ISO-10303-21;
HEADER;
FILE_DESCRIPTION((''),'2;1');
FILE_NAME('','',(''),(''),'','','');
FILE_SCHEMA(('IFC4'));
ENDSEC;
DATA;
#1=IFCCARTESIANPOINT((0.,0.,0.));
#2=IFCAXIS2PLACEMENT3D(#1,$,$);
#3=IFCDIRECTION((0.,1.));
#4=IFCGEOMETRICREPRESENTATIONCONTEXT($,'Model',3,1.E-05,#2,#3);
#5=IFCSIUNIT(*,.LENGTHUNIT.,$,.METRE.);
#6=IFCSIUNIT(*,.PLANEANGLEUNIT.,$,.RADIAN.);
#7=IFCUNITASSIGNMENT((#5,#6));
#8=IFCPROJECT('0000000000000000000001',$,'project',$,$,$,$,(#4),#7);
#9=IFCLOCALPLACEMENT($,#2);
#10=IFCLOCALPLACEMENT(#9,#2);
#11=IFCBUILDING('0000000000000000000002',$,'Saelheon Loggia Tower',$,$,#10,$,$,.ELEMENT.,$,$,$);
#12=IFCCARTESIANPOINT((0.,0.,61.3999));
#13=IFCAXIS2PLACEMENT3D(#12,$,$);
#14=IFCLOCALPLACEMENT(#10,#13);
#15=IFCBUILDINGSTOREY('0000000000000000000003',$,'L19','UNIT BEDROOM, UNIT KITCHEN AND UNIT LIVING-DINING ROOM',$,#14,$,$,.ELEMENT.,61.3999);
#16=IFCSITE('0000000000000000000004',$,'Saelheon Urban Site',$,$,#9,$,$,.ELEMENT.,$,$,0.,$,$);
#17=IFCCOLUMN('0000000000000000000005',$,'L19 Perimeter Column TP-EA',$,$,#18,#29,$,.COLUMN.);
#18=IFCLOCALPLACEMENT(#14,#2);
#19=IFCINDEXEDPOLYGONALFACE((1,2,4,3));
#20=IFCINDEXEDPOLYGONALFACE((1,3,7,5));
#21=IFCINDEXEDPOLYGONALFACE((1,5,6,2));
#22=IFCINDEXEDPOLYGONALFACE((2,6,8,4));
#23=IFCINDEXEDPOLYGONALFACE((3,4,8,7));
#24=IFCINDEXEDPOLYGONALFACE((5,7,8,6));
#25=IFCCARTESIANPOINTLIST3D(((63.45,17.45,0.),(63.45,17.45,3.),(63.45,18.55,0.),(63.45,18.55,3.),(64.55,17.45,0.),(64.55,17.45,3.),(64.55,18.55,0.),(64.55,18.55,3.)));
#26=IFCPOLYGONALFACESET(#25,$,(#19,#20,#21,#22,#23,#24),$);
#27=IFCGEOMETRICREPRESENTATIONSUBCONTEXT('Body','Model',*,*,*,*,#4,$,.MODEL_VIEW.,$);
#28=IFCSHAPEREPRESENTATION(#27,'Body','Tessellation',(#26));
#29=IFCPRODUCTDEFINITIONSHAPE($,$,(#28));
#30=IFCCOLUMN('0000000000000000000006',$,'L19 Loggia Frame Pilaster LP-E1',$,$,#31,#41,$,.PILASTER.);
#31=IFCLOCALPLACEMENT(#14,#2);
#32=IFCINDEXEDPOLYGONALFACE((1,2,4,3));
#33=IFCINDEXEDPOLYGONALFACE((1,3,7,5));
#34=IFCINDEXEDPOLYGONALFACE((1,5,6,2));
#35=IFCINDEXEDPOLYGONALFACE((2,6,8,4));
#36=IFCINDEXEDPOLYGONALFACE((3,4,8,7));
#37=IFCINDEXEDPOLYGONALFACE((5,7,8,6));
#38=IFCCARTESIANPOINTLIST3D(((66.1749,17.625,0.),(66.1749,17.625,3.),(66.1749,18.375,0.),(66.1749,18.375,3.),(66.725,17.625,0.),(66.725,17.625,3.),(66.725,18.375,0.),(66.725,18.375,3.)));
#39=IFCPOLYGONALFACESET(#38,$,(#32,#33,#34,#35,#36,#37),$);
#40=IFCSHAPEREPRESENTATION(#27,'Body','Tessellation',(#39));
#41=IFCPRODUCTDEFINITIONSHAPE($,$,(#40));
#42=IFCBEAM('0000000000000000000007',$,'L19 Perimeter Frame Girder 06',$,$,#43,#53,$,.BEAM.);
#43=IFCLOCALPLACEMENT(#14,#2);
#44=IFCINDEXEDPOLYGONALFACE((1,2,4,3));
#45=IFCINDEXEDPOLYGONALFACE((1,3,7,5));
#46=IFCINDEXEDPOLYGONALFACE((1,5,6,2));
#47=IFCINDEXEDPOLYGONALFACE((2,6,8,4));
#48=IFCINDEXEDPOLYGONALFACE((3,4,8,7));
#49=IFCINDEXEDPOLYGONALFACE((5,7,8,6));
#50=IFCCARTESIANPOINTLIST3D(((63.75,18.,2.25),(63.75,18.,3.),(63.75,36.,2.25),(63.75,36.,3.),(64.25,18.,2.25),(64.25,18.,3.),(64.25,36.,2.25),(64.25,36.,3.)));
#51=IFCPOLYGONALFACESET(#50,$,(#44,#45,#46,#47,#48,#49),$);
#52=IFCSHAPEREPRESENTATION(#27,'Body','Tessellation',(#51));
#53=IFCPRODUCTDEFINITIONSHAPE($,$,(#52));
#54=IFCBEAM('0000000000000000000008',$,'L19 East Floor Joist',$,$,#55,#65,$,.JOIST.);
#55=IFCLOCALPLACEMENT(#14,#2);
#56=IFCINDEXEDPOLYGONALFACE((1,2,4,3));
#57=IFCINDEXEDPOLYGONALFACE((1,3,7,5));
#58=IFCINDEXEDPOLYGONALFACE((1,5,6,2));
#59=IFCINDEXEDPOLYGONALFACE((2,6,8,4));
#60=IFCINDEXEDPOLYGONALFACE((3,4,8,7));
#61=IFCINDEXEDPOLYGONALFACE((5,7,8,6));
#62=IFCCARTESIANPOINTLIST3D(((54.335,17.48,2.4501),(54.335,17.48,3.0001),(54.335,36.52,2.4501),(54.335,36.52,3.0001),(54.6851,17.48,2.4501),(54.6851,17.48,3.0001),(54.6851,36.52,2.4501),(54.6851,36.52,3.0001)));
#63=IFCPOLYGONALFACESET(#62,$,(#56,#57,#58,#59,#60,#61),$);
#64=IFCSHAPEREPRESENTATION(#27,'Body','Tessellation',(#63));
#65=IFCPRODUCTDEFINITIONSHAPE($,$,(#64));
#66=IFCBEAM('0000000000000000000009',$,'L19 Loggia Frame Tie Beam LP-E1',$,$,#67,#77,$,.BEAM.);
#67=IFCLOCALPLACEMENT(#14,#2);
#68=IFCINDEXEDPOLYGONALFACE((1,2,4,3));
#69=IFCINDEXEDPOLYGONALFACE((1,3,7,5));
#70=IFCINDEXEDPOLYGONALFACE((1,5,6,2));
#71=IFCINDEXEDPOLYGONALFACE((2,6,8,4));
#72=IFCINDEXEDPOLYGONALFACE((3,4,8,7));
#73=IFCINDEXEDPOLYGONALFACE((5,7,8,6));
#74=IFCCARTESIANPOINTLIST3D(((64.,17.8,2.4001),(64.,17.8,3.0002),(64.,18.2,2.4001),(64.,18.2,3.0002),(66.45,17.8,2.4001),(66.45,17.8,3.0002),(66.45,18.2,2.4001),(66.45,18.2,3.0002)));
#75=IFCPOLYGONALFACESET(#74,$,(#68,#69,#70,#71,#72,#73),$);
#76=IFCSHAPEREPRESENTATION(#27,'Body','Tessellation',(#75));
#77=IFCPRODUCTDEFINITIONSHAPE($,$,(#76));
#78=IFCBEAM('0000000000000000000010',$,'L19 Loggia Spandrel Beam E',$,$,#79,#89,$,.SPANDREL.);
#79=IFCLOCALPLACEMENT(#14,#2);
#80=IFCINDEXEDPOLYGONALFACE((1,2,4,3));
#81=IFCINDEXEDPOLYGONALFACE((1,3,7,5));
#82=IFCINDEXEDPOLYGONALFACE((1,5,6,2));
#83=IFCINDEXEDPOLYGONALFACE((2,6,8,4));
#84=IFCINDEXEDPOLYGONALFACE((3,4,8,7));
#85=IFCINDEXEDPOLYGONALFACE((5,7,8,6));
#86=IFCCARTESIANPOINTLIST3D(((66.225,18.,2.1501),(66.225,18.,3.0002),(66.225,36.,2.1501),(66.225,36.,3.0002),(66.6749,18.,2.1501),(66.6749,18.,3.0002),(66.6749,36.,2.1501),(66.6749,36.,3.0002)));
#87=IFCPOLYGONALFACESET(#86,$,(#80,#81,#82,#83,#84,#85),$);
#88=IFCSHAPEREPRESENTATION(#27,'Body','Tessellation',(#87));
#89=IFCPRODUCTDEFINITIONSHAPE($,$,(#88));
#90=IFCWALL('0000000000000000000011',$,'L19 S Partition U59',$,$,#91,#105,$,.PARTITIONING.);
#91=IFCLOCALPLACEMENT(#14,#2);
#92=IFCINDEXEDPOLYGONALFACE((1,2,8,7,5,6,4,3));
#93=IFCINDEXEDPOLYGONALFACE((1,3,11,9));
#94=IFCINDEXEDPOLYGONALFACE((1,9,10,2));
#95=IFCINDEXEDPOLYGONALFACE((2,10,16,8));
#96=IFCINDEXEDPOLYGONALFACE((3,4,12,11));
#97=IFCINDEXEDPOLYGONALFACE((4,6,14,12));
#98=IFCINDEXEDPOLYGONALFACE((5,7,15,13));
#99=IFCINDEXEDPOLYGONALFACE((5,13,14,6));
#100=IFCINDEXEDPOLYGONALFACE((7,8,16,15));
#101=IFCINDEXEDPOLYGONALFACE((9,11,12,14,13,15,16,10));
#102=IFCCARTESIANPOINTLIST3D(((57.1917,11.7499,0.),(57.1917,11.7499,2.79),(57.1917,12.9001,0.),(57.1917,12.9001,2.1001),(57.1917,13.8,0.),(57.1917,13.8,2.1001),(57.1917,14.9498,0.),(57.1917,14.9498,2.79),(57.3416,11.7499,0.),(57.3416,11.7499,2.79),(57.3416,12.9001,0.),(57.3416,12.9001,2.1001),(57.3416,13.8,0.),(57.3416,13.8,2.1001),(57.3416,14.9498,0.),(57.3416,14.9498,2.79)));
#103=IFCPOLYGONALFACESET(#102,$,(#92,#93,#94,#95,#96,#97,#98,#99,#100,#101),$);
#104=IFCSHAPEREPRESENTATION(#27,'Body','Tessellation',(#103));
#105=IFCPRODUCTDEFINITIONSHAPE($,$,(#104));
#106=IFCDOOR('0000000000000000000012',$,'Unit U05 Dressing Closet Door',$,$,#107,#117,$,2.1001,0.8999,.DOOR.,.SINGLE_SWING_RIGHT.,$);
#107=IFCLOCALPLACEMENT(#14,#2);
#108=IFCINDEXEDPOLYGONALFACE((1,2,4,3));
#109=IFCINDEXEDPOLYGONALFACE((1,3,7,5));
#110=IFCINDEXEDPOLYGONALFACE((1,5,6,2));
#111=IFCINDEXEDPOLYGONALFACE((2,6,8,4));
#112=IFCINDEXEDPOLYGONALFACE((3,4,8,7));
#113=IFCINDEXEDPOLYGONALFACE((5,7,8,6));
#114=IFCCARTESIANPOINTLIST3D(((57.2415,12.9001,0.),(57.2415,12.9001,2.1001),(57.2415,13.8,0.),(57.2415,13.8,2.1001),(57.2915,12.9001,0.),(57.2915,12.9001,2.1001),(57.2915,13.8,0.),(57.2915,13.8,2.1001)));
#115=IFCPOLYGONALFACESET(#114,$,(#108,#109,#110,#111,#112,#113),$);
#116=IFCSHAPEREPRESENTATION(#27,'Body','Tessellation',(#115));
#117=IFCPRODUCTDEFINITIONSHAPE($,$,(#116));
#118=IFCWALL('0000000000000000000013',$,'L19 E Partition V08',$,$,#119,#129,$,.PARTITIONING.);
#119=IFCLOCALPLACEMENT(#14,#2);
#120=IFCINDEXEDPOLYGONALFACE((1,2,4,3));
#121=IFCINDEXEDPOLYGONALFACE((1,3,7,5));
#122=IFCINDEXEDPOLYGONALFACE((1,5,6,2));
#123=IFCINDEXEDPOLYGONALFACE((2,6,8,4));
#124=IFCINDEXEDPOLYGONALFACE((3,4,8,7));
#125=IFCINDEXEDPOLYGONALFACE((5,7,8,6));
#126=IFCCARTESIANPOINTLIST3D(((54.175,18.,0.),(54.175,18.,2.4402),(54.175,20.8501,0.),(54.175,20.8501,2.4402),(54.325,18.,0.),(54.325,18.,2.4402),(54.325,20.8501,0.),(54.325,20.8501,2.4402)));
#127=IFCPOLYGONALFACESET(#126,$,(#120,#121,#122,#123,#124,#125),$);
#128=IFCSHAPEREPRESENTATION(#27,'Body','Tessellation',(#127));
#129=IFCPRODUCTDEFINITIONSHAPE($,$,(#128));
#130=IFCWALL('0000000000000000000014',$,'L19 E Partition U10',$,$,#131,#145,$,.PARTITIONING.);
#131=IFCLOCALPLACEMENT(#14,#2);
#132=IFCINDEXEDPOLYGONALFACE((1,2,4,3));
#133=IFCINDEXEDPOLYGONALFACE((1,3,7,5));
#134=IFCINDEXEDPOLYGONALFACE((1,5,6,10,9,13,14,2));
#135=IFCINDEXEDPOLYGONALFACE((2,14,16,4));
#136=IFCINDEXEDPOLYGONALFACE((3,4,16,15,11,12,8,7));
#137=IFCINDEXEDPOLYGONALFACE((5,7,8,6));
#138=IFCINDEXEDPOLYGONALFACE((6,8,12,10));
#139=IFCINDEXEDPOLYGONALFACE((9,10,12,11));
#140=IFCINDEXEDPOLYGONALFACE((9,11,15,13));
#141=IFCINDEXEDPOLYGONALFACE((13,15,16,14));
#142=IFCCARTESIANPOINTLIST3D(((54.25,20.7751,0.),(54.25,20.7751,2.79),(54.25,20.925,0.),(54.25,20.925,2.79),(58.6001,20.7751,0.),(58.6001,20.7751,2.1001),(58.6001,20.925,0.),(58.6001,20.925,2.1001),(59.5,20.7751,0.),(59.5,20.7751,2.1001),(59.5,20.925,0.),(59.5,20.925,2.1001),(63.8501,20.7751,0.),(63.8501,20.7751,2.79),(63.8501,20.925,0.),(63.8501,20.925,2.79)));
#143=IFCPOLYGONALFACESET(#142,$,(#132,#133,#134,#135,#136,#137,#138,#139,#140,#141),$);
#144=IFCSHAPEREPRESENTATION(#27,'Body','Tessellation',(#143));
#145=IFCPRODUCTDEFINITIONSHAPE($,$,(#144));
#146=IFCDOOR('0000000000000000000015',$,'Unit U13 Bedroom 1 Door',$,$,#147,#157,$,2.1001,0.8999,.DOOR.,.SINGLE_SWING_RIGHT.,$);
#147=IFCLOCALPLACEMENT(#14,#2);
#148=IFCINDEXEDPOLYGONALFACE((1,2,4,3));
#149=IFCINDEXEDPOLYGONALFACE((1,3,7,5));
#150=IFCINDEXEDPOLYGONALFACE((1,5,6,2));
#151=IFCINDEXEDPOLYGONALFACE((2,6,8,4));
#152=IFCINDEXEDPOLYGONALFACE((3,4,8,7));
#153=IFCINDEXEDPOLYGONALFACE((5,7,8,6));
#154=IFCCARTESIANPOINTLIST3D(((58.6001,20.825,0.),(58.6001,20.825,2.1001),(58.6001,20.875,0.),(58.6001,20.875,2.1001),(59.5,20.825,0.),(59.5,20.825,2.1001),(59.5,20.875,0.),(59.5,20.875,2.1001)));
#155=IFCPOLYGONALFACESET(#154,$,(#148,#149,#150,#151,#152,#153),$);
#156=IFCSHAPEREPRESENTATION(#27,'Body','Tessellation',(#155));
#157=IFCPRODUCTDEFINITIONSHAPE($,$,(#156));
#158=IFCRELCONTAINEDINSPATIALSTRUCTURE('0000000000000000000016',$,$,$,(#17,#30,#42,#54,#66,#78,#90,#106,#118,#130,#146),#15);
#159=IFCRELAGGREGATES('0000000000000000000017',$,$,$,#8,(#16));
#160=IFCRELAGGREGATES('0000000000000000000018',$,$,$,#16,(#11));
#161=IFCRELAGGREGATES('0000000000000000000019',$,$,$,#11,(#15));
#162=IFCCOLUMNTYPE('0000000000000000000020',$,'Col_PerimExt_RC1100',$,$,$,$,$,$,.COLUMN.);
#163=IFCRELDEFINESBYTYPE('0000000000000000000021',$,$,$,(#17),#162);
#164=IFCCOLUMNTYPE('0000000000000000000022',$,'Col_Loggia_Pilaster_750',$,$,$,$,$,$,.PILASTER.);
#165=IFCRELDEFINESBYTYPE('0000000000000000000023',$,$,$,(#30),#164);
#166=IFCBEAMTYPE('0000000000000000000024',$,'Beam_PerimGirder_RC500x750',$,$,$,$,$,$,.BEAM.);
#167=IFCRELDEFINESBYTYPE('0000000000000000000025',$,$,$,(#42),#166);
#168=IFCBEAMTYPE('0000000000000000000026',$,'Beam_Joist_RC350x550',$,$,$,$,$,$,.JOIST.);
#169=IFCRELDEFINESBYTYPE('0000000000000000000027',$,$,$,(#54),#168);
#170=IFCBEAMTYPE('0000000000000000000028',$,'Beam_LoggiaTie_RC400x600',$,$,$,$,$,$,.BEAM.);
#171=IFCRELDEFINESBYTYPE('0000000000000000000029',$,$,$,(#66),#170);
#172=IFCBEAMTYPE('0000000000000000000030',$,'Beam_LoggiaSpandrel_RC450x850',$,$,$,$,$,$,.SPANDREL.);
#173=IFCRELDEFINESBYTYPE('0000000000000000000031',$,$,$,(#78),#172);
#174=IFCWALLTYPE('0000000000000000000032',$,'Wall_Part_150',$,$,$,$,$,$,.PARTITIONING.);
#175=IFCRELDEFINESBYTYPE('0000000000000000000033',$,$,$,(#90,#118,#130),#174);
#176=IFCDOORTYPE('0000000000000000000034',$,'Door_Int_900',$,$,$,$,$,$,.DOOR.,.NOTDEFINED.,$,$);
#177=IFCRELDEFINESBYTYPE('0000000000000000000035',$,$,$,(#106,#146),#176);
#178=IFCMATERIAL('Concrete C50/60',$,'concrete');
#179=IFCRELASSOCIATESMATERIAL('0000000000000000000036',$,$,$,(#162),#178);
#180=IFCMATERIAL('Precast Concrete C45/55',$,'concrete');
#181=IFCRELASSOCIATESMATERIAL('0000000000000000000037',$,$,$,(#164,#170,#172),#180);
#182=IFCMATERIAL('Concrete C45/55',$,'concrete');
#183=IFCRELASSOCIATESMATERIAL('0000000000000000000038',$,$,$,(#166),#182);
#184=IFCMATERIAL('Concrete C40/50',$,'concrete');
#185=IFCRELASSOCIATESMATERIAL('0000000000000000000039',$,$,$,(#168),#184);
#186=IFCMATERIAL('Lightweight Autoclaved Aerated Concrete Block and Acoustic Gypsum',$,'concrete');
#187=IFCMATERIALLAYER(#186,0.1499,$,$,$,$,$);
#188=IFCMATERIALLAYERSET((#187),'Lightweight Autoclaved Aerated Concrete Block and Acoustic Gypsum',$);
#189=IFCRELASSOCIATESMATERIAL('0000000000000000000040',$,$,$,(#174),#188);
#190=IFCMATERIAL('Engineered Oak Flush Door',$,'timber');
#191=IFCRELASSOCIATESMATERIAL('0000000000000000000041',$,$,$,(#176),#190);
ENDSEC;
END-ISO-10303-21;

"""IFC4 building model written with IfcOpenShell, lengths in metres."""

from ifc_helpers import new_model, si_unit, direction, frame, frame_2d, origin, origin_2d, place, context, subcontext, project, spatial, rectangle, extrude, source, transform, mapped, material, layer, layer_set, material_profile, profile_set, type_object, element, fill, save


model = new_model("IFC4")

# Units and contexts
model_context = context("Model", 3, precision=1e-05, world=origin(), true_north=direction((0.0, 1.0)))
body_context = subcontext(model_context, "Body", "Model", "MODEL_VIEW")
ifc_project = project(units=[si_unit("LENGTHUNIT", "METRE"), si_unit("PLANEANGLEUNIT", "RADIAN")], contexts=[model_context])

# Site, building, storey
site_placement = place(None, origin())
site = spatial("IfcSite", under=ifc_project, at=site_placement, Name="Saelheon Urban Site", CompositionType="ELEMENT", RefElevation=0.0)
building_placement = place(site_placement, origin())
building = spatial("IfcBuilding", under=site, at=building_placement, Name="Saelheon Loggia Tower", CompositionType="ELEMENT")
storey_placement = place(building_placement, frame((0.0, 0.0, 61.3999)))
storey = spatial("IfcBuildingStorey", under=building, at=storey_placement, Name="L19", Description="UNIT BEDROOM, UNIT KITCHEN AND UNIT LIVING-DINING ROOM", CompositionType="ELEMENT", Elevation=61.3999)

# Columns
ifc_material_1 = material(Name="Concrete C50/60", Category="concrete")
ifc_material_profile_1 = material_profile(ifc_material_1, rectangle(XDim=1.1001, YDim=1.1001, at=origin_2d()), Name="RC-1100x1100")
ifc_profile_set_1 = profile_set([ifc_material_profile_1], Name="Concrete C50/60")
column_type_1 = type_object("IfcColumnType", Name="Col_PerimExt_RC1100", PredefinedType="COLUMN", material=ifc_profile_set_1)
shared_shape_1 = source(origin(), body_context, "Body", "SweptSolid", [
    extrude(rectangle(XDim=1.1001, YDim=1.1001, at=origin_2d()), origin(), (0.0, 0.0, 1.0), 3.0),
])
column_1_placement = place(storey_placement, frame((64.0, 18.0, 0.0), z_axis=(0.0, 0.0, 1.0), x_axis=(1.0, 0.0, 0.0)))
element("IfcColumn", 1, at=column_1_placement, inside=storey, type_object=column_type_1, Name="L19 Perimeter Column TP-EA", PredefinedType="COLUMN", context=body_context, shape_type="MappedRepresentation", body=[
    mapped(shared_shape_1, transform((0.0, 0.0, 0.0), scale=1.0)),
])
ifc_material_2 = material(Name="Precast Concrete C45/55", Category="concrete")
ifc_material_profile_2 = material_profile(ifc_material_2, rectangle(XDim=0.55, YDim=0.75, at=origin_2d()), Name="RC-550x750")
ifc_profile_set_2 = profile_set([ifc_material_profile_2], Name="Precast Concrete C45/55")
column_type_2 = type_object("IfcColumnType", Name="Col_Loggia_Pilaster_750", PredefinedType="PILASTER", material=ifc_profile_set_2)
shared_shape_2 = source(origin(), body_context, "Body", "SweptSolid", [
    extrude(rectangle(XDim=0.55, YDim=0.75, at=origin_2d()), origin(), (0.0, 0.0, 1.0), 3.0),
])
column_2_placement = place(storey_placement, frame((66.45, 18.0, 0.0), z_axis=(0.0, 0.0, 1.0), x_axis=(1.0, 0.0, 0.0)))
element("IfcColumn", 2, at=column_2_placement, inside=storey, type_object=column_type_2, Name="L19 Loggia Frame Pilaster LP-E1", PredefinedType="PILASTER", context=body_context, shape_type="MappedRepresentation", body=[
    mapped(shared_shape_2, transform((0.0, 0.0, 0.0), scale=1.0)),
])

# Beams
ifc_material_3 = material(Name="Concrete C45/55", Category="concrete")
ifc_material_profile_3 = material_profile(ifc_material_3, rectangle(XDim=0.5, YDim=0.75, at=origin_2d()), Name="RC-500x750")
ifc_profile_set_3 = profile_set([ifc_material_profile_3], Name="Concrete C45/55")
beam_type_1 = type_object("IfcBeamType", Name="Beam_PerimGirder_RC500x750", PredefinedType="BEAM", material=ifc_profile_set_3)
shared_shape_3 = source(origin(), body_context, "Body", "SweptSolid", [
    extrude(rectangle(XDim=0.5, YDim=0.75, at=origin_2d()), origin(), (0.0, 0.0, 1.0), 18.0),
])
beam_1_placement = place(storey_placement, frame((64.0, 18.0, 2.625), z_axis=(0.0, 1.0, 0.0), x_axis=(-1.0, 0.0, 0.0)))
element("IfcBeam", 3, at=beam_1_placement, inside=storey, type_object=beam_type_1, Name="L19 Perimeter Frame Girder 06", PredefinedType="BEAM", context=body_context, shape_type="MappedRepresentation", body=[
    mapped(shared_shape_3, transform((0.0, 0.0, 0.0), scale=1.0)),
])
ifc_material_4 = material(Name="Concrete C40/50", Category="concrete")
ifc_material_profile_4 = material_profile(ifc_material_4, rectangle(XDim=0.3501, YDim=0.55, at=origin_2d()), Name="RC-350x550")
ifc_profile_set_4 = profile_set([ifc_material_profile_4], Name="Concrete C40/50")
beam_type_2 = type_object("IfcBeamType", Name="Beam_Joist_RC350x550", PredefinedType="JOIST", material=ifc_profile_set_4)
shared_shape_4 = source(origin(), body_context, "Body", "SweptSolid", [
    extrude(rectangle(XDim=0.3501, YDim=0.55, at=origin_2d()), origin(), (0.0, 0.0, 1.0), 19.04),
])
beam_2_placement = place(storey_placement, frame((54.51, 17.48, 2.7251), z_axis=(0.0, 1.0, 0.0), x_axis=(-1.0, 0.0, 0.0)))
element("IfcBeam", 4, at=beam_2_placement, inside=storey, type_object=beam_type_2, Name="L19 East Floor Joist", PredefinedType="JOIST", context=body_context, shape_type="MappedRepresentation", body=[
    mapped(shared_shape_4, transform((0.0, 0.0, 0.0), scale=1.0)),
])
ifc_material_profile_5 = material_profile(ifc_material_2, rectangle(XDim=0.3999, YDim=0.6001, at=origin_2d()), Name="RC-400x600")
ifc_profile_set_5 = profile_set([ifc_material_profile_5], Name="Precast Concrete C45/55")
beam_type_3 = type_object("IfcBeamType", Name="Beam_LoggiaTie_RC400x600", PredefinedType="BEAM", material=ifc_profile_set_5)
shared_shape_5 = source(origin(), body_context, "Body", "SweptSolid", [
    extrude(rectangle(XDim=0.3999, YDim=0.6001, at=origin_2d()), origin(), (0.0, 0.0, 1.0), 2.45),
])
beam_3_placement = place(storey_placement, frame((64.0, 18.0, 2.7002), z_axis=(1.0, 0.0, 0.0), x_axis=(0.0, 1.0, 0.0)))
element("IfcBeam", 5, at=beam_3_placement, inside=storey, type_object=beam_type_3, Name="L19 Loggia Frame Tie Beam LP-E1", PredefinedType="BEAM", context=body_context, shape_type="MappedRepresentation", body=[
    mapped(shared_shape_5, transform((0.0, 0.0, 0.0), scale=1.0)),
])
ifc_material_profile_6 = material_profile(ifc_material_2, rectangle(XDim=0.45, YDim=0.8501, at=origin_2d()), Name="RC-450x850")
ifc_profile_set_6 = profile_set([ifc_material_profile_6], Name="Precast Concrete C45/55")
beam_type_4 = type_object("IfcBeamType", Name="Beam_LoggiaSpandrel_RC450x850", PredefinedType="SPANDREL", material=ifc_profile_set_6)
shared_shape_6 = source(origin(), body_context, "Body", "SweptSolid", [
    extrude(rectangle(XDim=0.45, YDim=0.8501, at=origin_2d()), origin(), (0.0, 0.0, 1.0), 18.0),
])
beam_4_placement = place(storey_placement, frame((66.45, 18.0, 2.5752), z_axis=(0.0, 1.0, 0.0), x_axis=(-1.0, 0.0, 0.0)))
element("IfcBeam", 6, at=beam_4_placement, inside=storey, type_object=beam_type_4, Name="L19 Loggia Spandrel Beam E", PredefinedType="SPANDREL", context=body_context, shape_type="MappedRepresentation", body=[
    mapped(shared_shape_6, transform((0.0, 0.0, 0.0), scale=1.0)),
])

# Wall, opening, door
ifc_material_5 = material(Name="Lightweight Autoclaved Aerated Concrete Block and Acoustic Gypsum", Category="concrete")
ifc_layer_1 = layer(ifc_material_5, 0.1499)
ifc_layer_set_1 = layer_set([ifc_layer_1], Name="Lightweight Autoclaved Aerated Concrete Block and Acoustic Gypsum")
wall_type_1 = type_object("IfcWallType", Name="Wall_Part_150", PredefinedType="PARTITIONING", material=ifc_layer_set_1)
wall_1_placement = place(storey_placement, frame((57.2666, 14.95, 0.0), z_axis=(0.0, 0.0, 1.0), x_axis=(0.0, -1.0, 0.0)))
wall_1 = element("IfcWall", 7, at=wall_1_placement, inside=storey, type_object=wall_type_1, Name="L19 S Partition U59", PredefinedType="PARTITIONING", context=body_context, shape_type="SweptSolid", body=[
    extrude(rectangle(XDim=3.2, YDim=0.1499, at=frame_2d((1.6001, 0.0))), origin(), (0.0, 0.0, 1.0), 2.79),
])
opening_1_placement = place(wall_1_placement, frame((1.1499, 0.0, 0.0)))
opening_1 = element("IfcOpeningElement", 8, at=opening_1_placement, cuts=wall_1, PredefinedType="OPENING", context=body_context, shape_type="SweptSolid", body=[
    extrude(rectangle(XDim=0.8999, YDim=2.1001, at=frame_2d((0.45, 1.05))), frame((0.0, 0.0869, 0.0), z_axis=(0.0, -1.0, 0.0), x_axis=(1.0, 0.0, 0.0)), (0.0, 0.0, 1.0), 0.1738),
])
ifc_material_6 = material(Name="Engineered Oak Flush Door", Category="timber")
door_type_1 = type_object("IfcDoorType", Name="Door_Int_900", OperationType="NOTDEFINED", PredefinedType="DOOR", material=ifc_material_6)
shared_shape_7 = source(origin(), body_context, "Body", "SweptSolid", [
    extrude(rectangle(XDim=0.8999, YDim=2.1001, at=frame_2d((0.45, 1.05))), frame((0.0, 0.0249, 0.0), z_axis=(0.0, -1.0, 0.0), x_axis=(1.0, 0.0, 0.0)), (0.0, 0.0, 1.0), 0.05),
])
door_1_placement = place(opening_1_placement, origin())
door_1 = element("IfcDoor", 9, at=door_1_placement, inside=storey, type_object=door_type_1, Name="Unit U05 Dressing Closet Door", OperationType="SINGLE_SWING_RIGHT", OverallHeight=2.1001, OverallWidth=0.8999, PredefinedType="DOOR", context=body_context, shape_type="MappedRepresentation", body=[
    mapped(shared_shape_7, transform((0.0, 0.0, 0.0), scale=1.0)),
])
fill(opening_1, door_1)

# Wall
wall_2_placement = place(storey_placement, frame((54.25, 18.0, 0.0), z_axis=(0.0, 0.0, 1.0), x_axis=(0.0, 1.0, 0.0)))
element("IfcWall", 10, at=wall_2_placement, inside=storey, type_object=wall_type_1, Name="L19 E Partition V08", PredefinedType="PARTITIONING", context=body_context, shape_type="SweptSolid", body=[
    extrude(rectangle(XDim=2.8501, YDim=0.1499, at=frame_2d((1.425, 0.0))), origin(), (0.0, 0.0, 1.0), 2.4402),
])

# Wall, opening, door
wall_3_placement = place(storey_placement, frame((54.25, 20.8501, 0.0), z_axis=(0.0, 0.0, 1.0), x_axis=(1.0, 0.0, 0.0)))
wall_3 = element("IfcWall", 11, at=wall_3_placement, inside=storey, type_object=wall_type_1, Name="L19 E Partition U10", PredefinedType="PARTITIONING", context=body_context, shape_type="SweptSolid", body=[
    extrude(rectangle(XDim=9.6001, YDim=0.1499, at=frame_2d((4.8, 0.0))), origin(), (0.0, 0.0, 1.0), 2.79),
])
opening_2_placement = place(wall_3_placement, frame((4.3501, 0.0, 0.0)))
opening_2 = element("IfcOpeningElement", 12, at=opening_2_placement, cuts=wall_3, PredefinedType="OPENING", context=body_context, shape_type="SweptSolid", body=[
    extrude(rectangle(XDim=0.8999, YDim=2.1001, at=frame_2d((0.45, 1.05))), frame((0.0, 0.0869, 0.0), z_axis=(0.0, -1.0, 0.0), x_axis=(1.0, 0.0, 0.0)), (0.0, 0.0, 1.0), 0.1738),
])
door_2_placement = place(opening_2_placement, origin())
door_2 = element("IfcDoor", 13, at=door_2_placement, inside=storey, type_object=door_type_1, Name="Unit U13 Bedroom 1 Door", OperationType="SINGLE_SWING_RIGHT", OverallHeight=2.1001, OverallWidth=0.8999, PredefinedType="DOOR", context=body_context, shape_type="MappedRepresentation", body=[
    mapped(shared_shape_7, transform((0.0, 0.0, 0.0), scale=1.0)),
])
fill(opening_2, door_2)

save(model, "model.ifc")
